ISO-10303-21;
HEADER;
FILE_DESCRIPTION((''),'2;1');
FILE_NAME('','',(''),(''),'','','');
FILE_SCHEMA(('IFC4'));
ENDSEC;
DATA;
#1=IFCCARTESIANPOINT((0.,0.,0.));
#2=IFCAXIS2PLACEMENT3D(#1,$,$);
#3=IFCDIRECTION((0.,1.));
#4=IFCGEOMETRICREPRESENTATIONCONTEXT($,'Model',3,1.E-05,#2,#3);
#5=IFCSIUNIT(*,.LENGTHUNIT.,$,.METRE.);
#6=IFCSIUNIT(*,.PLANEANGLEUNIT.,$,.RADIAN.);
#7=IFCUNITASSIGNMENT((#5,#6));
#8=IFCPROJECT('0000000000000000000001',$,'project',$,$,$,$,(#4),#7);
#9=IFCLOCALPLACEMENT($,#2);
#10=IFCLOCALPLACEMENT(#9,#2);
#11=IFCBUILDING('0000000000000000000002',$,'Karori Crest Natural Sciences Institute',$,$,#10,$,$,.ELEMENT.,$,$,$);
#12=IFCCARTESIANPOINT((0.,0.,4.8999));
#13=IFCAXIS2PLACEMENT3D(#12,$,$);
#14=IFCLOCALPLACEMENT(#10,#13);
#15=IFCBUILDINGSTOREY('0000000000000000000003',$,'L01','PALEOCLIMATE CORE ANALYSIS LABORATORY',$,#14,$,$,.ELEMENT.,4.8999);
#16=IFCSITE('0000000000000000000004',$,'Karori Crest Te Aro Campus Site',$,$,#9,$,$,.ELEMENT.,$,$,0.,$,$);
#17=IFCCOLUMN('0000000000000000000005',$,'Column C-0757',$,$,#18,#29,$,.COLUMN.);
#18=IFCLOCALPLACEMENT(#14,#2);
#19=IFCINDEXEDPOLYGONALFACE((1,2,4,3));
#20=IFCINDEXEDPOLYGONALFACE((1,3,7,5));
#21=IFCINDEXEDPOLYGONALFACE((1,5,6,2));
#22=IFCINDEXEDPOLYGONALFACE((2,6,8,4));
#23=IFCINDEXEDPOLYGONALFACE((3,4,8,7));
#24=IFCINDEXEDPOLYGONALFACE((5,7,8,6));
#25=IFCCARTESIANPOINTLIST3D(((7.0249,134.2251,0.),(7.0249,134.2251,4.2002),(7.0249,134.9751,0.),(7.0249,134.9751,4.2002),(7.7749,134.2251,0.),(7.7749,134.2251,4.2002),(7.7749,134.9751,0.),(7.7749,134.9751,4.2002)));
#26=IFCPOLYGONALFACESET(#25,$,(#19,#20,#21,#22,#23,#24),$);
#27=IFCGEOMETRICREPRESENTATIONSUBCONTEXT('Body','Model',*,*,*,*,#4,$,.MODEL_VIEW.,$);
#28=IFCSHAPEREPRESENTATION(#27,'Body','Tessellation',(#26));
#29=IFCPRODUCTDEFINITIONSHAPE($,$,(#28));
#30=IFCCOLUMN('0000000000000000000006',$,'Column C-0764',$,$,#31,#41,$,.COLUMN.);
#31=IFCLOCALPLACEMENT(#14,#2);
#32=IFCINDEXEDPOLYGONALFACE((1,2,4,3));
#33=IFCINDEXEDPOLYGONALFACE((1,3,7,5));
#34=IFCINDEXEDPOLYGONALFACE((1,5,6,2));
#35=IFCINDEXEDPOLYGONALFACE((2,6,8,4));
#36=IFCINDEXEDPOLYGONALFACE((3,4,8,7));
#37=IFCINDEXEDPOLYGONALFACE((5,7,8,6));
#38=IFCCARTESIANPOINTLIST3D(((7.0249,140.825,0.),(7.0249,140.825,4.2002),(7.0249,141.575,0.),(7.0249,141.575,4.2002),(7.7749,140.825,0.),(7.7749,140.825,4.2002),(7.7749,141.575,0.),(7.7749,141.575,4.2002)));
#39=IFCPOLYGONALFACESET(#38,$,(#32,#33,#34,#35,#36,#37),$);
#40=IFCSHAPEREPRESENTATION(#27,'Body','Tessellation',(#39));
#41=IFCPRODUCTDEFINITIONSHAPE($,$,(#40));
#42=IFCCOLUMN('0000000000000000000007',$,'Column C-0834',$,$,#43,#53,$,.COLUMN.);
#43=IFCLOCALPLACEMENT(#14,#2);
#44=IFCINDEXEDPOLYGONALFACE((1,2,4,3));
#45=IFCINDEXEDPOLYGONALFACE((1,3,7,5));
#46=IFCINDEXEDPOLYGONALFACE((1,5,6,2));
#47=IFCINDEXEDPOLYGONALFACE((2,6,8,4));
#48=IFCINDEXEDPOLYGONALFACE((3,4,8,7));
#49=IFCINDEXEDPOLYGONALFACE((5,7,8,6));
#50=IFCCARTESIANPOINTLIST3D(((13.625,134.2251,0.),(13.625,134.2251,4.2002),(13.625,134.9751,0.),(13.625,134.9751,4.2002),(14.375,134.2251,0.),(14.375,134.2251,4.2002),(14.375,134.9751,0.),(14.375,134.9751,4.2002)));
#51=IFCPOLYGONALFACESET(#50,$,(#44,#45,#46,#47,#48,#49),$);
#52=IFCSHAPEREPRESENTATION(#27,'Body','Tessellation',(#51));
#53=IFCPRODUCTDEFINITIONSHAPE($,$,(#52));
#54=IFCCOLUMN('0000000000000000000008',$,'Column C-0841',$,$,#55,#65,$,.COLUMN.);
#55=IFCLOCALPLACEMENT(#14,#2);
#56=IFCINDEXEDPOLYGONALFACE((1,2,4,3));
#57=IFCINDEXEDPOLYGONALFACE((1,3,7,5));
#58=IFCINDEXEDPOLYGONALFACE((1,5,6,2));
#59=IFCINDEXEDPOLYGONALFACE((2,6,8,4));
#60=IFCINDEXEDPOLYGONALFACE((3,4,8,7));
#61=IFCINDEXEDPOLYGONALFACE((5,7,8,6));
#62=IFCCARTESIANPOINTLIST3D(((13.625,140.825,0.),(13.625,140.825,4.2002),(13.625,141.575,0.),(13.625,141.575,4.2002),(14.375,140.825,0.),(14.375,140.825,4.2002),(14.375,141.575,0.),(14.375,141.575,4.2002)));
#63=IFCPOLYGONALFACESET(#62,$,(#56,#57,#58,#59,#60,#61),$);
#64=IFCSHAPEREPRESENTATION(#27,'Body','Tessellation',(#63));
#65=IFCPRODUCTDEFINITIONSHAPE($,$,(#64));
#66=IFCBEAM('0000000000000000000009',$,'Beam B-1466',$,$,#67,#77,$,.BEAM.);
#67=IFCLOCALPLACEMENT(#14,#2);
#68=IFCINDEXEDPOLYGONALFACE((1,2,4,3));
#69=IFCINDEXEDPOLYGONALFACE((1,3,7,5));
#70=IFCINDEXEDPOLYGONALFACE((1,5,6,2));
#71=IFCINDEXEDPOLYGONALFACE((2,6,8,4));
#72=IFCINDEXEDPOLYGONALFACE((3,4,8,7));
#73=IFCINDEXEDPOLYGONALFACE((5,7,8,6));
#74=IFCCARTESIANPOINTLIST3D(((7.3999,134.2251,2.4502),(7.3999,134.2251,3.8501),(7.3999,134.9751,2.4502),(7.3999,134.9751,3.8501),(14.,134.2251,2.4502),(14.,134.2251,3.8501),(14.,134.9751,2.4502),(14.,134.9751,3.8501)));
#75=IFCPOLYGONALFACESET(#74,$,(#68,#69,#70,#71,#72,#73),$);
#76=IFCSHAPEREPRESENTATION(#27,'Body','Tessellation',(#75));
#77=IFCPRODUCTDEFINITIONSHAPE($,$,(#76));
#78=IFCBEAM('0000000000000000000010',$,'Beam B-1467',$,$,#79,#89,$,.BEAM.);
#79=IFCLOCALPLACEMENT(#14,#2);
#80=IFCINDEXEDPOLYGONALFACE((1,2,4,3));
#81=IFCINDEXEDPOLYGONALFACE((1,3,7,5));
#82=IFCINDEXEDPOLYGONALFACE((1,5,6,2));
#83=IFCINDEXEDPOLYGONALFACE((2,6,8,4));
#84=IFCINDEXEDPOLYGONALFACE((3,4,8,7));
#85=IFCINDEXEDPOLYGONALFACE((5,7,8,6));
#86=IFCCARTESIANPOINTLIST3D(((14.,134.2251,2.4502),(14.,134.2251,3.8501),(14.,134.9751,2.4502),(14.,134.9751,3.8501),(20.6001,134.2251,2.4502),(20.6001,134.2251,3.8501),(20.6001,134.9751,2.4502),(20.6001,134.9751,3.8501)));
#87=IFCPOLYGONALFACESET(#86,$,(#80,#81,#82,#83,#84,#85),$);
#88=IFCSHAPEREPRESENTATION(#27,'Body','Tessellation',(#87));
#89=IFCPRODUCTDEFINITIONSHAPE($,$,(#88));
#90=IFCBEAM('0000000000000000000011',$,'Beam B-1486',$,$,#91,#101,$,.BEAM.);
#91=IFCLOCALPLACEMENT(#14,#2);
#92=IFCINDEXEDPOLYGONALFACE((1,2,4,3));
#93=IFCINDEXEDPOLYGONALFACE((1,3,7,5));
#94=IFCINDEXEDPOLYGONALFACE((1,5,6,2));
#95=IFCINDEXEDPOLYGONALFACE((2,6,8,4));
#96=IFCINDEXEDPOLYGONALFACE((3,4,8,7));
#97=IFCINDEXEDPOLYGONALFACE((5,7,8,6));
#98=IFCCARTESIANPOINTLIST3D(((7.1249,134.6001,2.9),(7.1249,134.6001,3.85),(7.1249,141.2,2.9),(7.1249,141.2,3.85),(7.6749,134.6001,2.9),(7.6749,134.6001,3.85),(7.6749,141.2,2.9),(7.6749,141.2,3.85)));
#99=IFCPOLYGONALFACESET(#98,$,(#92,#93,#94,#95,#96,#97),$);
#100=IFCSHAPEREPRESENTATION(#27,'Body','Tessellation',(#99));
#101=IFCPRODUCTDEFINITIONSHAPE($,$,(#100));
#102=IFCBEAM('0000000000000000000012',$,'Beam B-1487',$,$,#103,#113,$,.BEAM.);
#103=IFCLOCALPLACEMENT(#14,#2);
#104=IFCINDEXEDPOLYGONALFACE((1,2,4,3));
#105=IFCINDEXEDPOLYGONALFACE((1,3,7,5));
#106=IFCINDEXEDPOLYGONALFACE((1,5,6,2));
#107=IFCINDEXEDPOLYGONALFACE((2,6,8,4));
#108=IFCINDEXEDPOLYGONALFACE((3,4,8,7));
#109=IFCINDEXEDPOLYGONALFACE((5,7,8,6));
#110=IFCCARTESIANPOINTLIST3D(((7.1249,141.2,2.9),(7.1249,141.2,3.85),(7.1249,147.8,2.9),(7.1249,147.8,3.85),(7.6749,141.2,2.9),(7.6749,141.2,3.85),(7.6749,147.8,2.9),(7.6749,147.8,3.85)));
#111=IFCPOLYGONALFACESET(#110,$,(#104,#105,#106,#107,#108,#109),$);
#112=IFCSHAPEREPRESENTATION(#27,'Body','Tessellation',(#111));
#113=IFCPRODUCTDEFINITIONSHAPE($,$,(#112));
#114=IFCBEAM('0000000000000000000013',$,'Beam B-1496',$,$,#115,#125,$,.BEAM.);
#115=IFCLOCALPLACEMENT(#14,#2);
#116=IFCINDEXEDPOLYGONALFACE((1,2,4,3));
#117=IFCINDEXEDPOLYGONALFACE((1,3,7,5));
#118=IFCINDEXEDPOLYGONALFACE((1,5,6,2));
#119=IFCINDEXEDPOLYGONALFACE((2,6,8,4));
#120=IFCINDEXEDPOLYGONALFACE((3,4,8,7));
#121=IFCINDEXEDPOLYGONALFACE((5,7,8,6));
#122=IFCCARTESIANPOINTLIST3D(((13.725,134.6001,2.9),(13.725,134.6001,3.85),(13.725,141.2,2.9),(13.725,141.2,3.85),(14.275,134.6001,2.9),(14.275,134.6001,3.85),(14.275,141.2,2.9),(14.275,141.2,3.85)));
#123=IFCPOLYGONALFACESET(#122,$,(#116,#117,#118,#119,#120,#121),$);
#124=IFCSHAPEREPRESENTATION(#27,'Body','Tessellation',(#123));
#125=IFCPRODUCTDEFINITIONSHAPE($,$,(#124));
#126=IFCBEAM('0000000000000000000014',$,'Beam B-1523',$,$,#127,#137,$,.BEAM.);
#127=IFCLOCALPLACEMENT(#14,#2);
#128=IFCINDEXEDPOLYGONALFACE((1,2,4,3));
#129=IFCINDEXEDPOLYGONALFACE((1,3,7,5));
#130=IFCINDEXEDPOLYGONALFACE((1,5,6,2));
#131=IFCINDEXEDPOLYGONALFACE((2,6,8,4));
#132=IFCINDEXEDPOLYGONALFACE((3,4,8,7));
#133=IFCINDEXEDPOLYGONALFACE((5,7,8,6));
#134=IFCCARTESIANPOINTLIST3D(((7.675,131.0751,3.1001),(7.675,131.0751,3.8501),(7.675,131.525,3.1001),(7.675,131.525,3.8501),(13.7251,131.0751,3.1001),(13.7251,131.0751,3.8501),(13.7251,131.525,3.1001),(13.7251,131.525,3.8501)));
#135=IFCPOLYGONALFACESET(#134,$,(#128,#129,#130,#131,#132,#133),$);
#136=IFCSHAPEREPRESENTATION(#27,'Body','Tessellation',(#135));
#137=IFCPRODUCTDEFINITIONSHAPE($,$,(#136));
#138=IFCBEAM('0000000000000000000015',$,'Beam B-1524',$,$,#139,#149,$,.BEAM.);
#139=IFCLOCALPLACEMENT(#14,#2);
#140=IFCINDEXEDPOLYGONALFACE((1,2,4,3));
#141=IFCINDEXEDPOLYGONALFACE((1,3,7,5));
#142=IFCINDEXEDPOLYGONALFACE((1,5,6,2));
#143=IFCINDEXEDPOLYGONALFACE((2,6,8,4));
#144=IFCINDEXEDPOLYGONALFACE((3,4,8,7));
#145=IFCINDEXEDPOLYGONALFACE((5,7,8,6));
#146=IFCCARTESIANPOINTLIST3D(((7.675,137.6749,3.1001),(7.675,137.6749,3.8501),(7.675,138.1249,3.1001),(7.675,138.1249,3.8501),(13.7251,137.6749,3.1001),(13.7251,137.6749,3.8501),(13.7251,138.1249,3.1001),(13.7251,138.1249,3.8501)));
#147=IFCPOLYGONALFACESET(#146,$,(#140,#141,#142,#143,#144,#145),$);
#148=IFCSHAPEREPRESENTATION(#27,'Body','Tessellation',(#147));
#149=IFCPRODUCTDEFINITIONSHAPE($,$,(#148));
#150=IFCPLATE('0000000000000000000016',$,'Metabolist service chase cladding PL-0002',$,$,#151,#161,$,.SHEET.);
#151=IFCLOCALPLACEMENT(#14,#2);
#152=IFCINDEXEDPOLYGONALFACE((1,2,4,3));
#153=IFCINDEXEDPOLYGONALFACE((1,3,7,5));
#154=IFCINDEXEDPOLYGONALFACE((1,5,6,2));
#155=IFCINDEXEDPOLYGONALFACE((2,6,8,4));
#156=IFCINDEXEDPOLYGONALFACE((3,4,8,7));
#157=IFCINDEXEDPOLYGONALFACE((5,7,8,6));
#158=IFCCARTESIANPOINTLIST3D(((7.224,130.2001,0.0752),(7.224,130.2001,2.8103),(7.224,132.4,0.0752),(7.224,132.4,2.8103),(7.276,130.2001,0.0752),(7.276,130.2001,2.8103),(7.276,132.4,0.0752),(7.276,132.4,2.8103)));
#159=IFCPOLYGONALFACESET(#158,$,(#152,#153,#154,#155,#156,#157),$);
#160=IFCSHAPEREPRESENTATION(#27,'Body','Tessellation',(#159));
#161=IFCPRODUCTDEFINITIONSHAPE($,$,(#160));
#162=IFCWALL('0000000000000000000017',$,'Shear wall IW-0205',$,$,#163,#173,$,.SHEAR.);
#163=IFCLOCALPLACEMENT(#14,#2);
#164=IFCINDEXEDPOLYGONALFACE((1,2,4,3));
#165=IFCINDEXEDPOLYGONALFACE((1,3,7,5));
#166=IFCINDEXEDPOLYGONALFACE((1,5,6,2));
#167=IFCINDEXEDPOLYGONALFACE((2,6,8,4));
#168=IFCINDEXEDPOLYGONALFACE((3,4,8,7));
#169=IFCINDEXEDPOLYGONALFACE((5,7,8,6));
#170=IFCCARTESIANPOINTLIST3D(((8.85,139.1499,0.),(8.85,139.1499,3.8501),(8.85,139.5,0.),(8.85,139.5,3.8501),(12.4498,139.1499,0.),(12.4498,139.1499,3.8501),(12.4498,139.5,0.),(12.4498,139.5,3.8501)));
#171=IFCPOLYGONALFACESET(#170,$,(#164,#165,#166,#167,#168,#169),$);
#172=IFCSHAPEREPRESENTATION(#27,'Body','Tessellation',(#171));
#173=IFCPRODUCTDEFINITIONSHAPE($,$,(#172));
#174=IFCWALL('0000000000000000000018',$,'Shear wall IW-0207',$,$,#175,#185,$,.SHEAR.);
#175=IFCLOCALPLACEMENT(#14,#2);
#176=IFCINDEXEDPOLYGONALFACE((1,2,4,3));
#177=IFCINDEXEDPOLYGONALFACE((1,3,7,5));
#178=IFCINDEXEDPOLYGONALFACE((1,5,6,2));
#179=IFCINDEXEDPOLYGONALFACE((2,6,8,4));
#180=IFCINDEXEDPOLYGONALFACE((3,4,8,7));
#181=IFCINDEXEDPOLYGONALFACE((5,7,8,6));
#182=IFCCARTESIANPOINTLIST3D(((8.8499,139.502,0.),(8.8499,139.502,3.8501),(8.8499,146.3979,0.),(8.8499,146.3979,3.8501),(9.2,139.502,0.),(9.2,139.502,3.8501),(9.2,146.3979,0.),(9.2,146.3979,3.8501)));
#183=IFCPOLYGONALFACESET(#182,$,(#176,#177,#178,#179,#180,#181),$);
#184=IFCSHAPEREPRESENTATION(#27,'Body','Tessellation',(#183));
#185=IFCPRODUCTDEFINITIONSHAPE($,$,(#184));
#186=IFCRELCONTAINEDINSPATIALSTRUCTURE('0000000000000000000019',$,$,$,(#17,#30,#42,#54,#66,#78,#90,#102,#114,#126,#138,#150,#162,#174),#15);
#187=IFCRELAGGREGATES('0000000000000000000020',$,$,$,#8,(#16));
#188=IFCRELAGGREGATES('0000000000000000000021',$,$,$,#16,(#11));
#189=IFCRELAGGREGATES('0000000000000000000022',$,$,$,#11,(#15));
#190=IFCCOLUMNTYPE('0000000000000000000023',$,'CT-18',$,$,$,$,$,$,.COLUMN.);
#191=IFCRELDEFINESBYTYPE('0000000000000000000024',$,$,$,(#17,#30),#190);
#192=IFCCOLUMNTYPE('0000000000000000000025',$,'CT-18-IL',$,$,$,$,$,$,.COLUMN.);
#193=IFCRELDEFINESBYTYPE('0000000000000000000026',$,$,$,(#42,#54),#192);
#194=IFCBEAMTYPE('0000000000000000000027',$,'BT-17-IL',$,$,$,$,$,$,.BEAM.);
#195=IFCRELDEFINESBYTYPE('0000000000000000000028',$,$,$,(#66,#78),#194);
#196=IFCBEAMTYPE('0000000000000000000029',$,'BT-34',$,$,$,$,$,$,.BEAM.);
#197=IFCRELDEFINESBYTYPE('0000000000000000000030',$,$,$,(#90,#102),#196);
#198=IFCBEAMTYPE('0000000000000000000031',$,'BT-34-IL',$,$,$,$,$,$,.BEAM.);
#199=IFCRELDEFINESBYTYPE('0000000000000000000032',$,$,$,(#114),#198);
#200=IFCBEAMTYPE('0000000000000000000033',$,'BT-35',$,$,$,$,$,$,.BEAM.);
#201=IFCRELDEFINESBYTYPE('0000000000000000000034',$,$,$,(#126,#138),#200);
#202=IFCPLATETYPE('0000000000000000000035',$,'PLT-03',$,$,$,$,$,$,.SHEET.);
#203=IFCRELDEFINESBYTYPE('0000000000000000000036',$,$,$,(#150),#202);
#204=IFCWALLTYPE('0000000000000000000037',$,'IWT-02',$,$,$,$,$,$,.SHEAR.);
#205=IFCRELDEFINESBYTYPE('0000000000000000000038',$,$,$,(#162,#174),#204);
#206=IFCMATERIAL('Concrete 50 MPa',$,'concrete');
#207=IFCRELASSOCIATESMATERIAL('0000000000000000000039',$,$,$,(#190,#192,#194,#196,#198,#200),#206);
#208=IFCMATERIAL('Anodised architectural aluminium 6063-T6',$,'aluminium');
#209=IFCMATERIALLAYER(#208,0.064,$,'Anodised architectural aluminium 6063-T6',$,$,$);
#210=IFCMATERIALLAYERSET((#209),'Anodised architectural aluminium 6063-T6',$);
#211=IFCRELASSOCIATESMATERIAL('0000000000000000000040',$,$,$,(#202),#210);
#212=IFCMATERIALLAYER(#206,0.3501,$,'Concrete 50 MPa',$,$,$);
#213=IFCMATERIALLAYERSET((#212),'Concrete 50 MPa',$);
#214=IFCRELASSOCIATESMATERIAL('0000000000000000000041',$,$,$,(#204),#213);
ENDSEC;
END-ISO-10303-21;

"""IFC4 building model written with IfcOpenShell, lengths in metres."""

from ifc_helpers import new_model, si_unit, direction, frame, frame_2d, origin, origin_2d, place, context, subcontext, project, spatial, rectangle, extrude, material, layer, layer_set, material_profile, profile_set, type_object, element, save


model = new_model("IFC4")

# Units and contexts
model_context = context("Model", 3, precision=1e-05, world=origin(), true_north=direction((0.0, 1.0)))
body_context = subcontext(model_context, "Body", "Model", "MODEL_VIEW")
ifc_project = project(units=[si_unit("LENGTHUNIT", "METRE"), si_unit("PLANEANGLEUNIT", "RADIAN")], contexts=[model_context])

# Site, building, storey
site_placement = place(None, origin())
site = spatial("IfcSite", under=ifc_project, at=site_placement, Name="Karori Crest Te Aro Campus Site", CompositionType="ELEMENT", RefElevation=0.0)
building_placement = place(site_placement, origin())
building = spatial("IfcBuilding", under=site, at=building_placement, Name="Karori Crest Natural Sciences Institute", CompositionType="ELEMENT")
storey_placement = place(building_placement, frame((0.0, 0.0, 4.8999)))
storey = spatial("IfcBuildingStorey", under=building, at=storey_placement, Name="L01", Description="PALEOCLIMATE CORE ANALYSIS LABORATORY", CompositionType="ELEMENT", Elevation=4.8999)

# Columns
ifc_material_1 = material(Name="Concrete 50 MPa", Category="concrete")
ifc_material_profile_1 = material_profile(ifc_material_1, rectangle(XDim=0.75, YDim=0.75, at=origin_2d()), Name="RC750x750")
ifc_profile_set_1 = profile_set([ifc_material_profile_1], Name="Concrete 50 MPa")
column_type_1 = type_object("IfcColumnType", Name="CT-18", PredefinedType="COLUMN", material=ifc_profile_set_1)
for number, where, z_axis, x_axis, name in (
    (1, (7.3999, 134.6001, 0.0), (0.0, 0.0, 1.0), (1.0, 0.0, 0.0), "Column C-0757"),
    (2, (7.3999, 141.2, 0.0), (0.0, 0.0, 1.0), (1.0, 0.0, 0.0), "Column C-0764"),
):
    element("IfcColumn", number, at=place(storey_placement, frame(where, z_axis=z_axis, x_axis=x_axis)), inside=storey, type_object=column_type_1, Name=name, PredefinedType="COLUMN", context=body_context, shape_type="SweptSolid", body=[
        extrude(rectangle(XDim=0.75, YDim=0.75, at=origin_2d()), origin(), (0.0, 0.0, 1.0), 4.2002),
    ])
ifc_material_profile_2 = material_profile(ifc_material_1, rectangle(XDim=0.75, YDim=0.75, at=origin_2d()), Name="RC750x750")
ifc_profile_set_2 = profile_set([ifc_material_profile_2], Name="Concrete 50 MPa")
column_type_2 = type_object("IfcColumnType", Name="CT-18-IL", PredefinedType="COLUMN", material=ifc_profile_set_2)
for number, where, z_axis, x_axis, name in (
    (3, (14.0, 134.6001, 0.0), (0.0, 0.0, 1.0), (1.0, 0.0, 0.0), "Column C-0834"),
    (4, (14.0, 141.2, 0.0), (0.0, 0.0, 1.0), (1.0, 0.0, 0.0), "Column C-0841"),
):
    element("IfcColumn", number, at=place(storey_placement, frame(where, z_axis=z_axis, x_axis=x_axis)), inside=storey, type_object=column_type_2, Name=name, PredefinedType="COLUMN", context=body_context, shape_type="SweptSolid", body=[
        extrude(rectangle(XDim=0.75, YDim=0.75, at=origin_2d()), origin(), (0.0, 0.0, 1.0), 4.2002),
    ])

# Beams
ifc_material_profile_3 = material_profile(ifc_material_1, rectangle(XDim=0.75, YDim=1.3999, at=origin_2d()), Name="RCB750x1400")
ifc_profile_set_3 = profile_set([ifc_material_profile_3], Name="Concrete 50 MPa")
beam_type_1 = type_object("IfcBeamType", Name="BT-17-IL", PredefinedType="BEAM", material=ifc_profile_set_3)
for number, where, z_axis, x_axis, name in (
    (5, (7.3999, 134.6001, 3.1501), (1.0, 0.0, 0.0), (0.0, 1.0, 0.0), "Beam B-1466"),
    (6, (14.0, 134.6001, 3.1501), (1.0, 0.0, 0.0), (0.0, 1.0, 0.0), "Beam B-1467"),
):
    element("IfcBeam", number, at=place(storey_placement, frame(where, z_axis=z_axis, x_axis=x_axis)), inside=storey, type_object=beam_type_1, Name=name, PredefinedType="BEAM", context=body_context, shape_type="SweptSolid", body=[
        extrude(rectangle(XDim=0.75, YDim=1.3999, at=origin_2d()), origin(), (0.0, 0.0, 1.0), 6.6001),
    ])
ifc_material_profile_4 = material_profile(ifc_material_1, rectangle(XDim=0.55, YDim=0.95, at=origin_2d()), Name="RCB550x950")
ifc_profile_set_4 = profile_set([ifc_material_profile_4], Name="Concrete 50 MPa")
beam_type_2 = type_object("IfcBeamType", Name="BT-34", PredefinedType="BEAM", material=ifc_profile_set_4)
beam_1_placement = place(storey_placement, frame((7.3999, 134.6001, 3.375), z_axis=(0.0, 1.0, 0.0), x_axis=(-1.0, 0.0, 0.0)))
element("IfcBeam", 7, at=beam_1_placement, inside=storey, type_object=beam_type_2, Name="Beam B-1486", PredefinedType="BEAM", context=body_context, shape_type="SweptSolid", body=[
    extrude(rectangle(XDim=0.55, YDim=0.95, at=origin_2d()), origin(), (0.0, 0.0, 1.0), 6.5999),
])
beam_2_placement = place(storey_placement, frame((7.3999, 141.2, 3.375), z_axis=(0.0, 1.0, 0.0), x_axis=(-1.0, 0.0, 0.0)))
element("IfcBeam", 8, at=beam_2_placement, inside=storey, type_object=beam_type_2, Name="Beam B-1487", PredefinedType="BEAM", context=body_context, shape_type="SweptSolid", body=[
    extrude(rectangle(XDim=0.55, YDim=0.95, at=origin_2d()), origin(), (0.0, 0.0, 1.0), 6.6001),
])
ifc_material_profile_5 = material_profile(ifc_material_1, rectangle(XDim=0.55, YDim=0.95, at=origin_2d()), Name="RCB550x950")
ifc_profile_set_5 = profile_set([ifc_material_profile_5], Name="Concrete 50 MPa")
beam_type_3 = type_object("IfcBeamType", Name="BT-34-IL", PredefinedType="BEAM", material=ifc_profile_set_5)
beam_3_placement = place(storey_placement, frame((14.0, 134.6001, 3.375), z_axis=(0.0, 1.0, 0.0), x_axis=(-1.0, 0.0, 0.0)))
element("IfcBeam", 9, at=beam_3_placement, inside=storey, type_object=beam_type_3, Name="Beam B-1496", PredefinedType="BEAM", context=body_context, shape_type="SweptSolid", body=[
    extrude(rectangle(XDim=0.55, YDim=0.95, at=origin_2d()), origin(), (0.0, 0.0, 1.0), 6.5999),
])
ifc_material_profile_6 = material_profile(ifc_material_1, rectangle(XDim=0.45, YDim=0.75, at=origin_2d()), Name="RCB450x750")
ifc_profile_set_6 = profile_set([ifc_material_profile_6], Name="Concrete 50 MPa")
beam_type_4 = type_object("IfcBeamType", Name="BT-35", PredefinedType="BEAM", material=ifc_profile_set_6)
for number, where, z_axis, x_axis, name in (
    (10, (7.675, 131.3, 3.4751), (1.0, 0.0, 0.0), (0.0, 1.0, 0.0), "Beam B-1523"),
    (11, (7.675, 137.8999, 3.4751), (1.0, 0.0, 0.0), (0.0, 1.0, 0.0), "Beam B-1524"),
):
    element("IfcBeam", number, at=place(storey_placement, frame(where, z_axis=z_axis, x_axis=x_axis)), inside=storey, type_object=beam_type_4, Name=name, PredefinedType="BEAM", context=body_context, shape_type="SweptSolid", body=[
        extrude(rectangle(XDim=0.45, YDim=0.75, at=origin_2d()), origin(), (0.0, 0.0, 1.0), 6.05),
    ])

# Plate
ifc_material_2 = material(Name="Anodised architectural aluminium 6063-T6", Category="aluminium")
ifc_layer_1 = layer(ifc_material_2, 0.064, Name="Anodised architectural aluminium 6063-T6")
ifc_layer_set_1 = layer_set([ifc_layer_1], Name="Anodised architectural aluminium 6063-T6")
plate_type = type_object("IfcPlateType", Name="PLT-03", PredefinedType="SHEET", material=ifc_layer_set_1)
plate_placement = place(storey_placement, frame((7.25, 131.3, 0.0752), z_axis=(0.0, 0.0, 1.0), x_axis=(1.0, 0.0, 0.0)))
element("IfcPlate", 12, at=plate_placement, inside=storey, type_object=plate_type, Name="Metabolist service chase cladding PL-0002", PredefinedType="SHEET", context=body_context, shape_type="SweptSolid", body=[
    extrude(rectangle(XDim=0.052, YDim=2.2, at=origin_2d()), origin(), (0.0, 0.0, 1.0), 2.7351),
])

# Walls
ifc_layer_2 = layer(ifc_material_1, 0.3501, Name="Concrete 50 MPa")
ifc_layer_set_2 = layer_set([ifc_layer_2], Name="Concrete 50 MPa")
wall_type_1 = type_object("IfcWallType", Name="IWT-02", PredefinedType="SHEAR", material=ifc_layer_set_2)
wall_1_placement = place(storey_placement, frame((8.8501, 139.325, 0.0), z_axis=(0.0, 0.0, 1.0), x_axis=(1.0, 0.0, 0.0)))
element("IfcWall", 13, at=wall_1_placement, inside=storey, type_object=wall_type_1, Name="Shear wall IW-0205", PredefinedType="SHEAR", context=body_context, shape_type="SweptSolid", body=[
    extrude(rectangle(XDim=3.5999, YDim=0.3501, at=frame_2d((1.7998, 0.0))), origin(), (0.0, 0.0, 1.0), 3.8501),
])
wall_2_placement = place(storey_placement, frame((9.0249, 139.502, 0.0), z_axis=(0.0, 0.0, 1.0), x_axis=(0.0, 1.0, 0.0)))
element("IfcWall", 14, at=wall_2_placement, inside=storey, type_object=wall_type_1, Name="Shear wall IW-0207", PredefinedType="SHEAR", context=body_context, shape_type="SweptSolid", body=[
    extrude(rectangle(XDim=6.896, YDim=0.3501, at=frame_2d((3.448, 0.0))), origin(), (0.0, 0.0, 1.0), 3.8501),
])

save(model, "model.ifc")
